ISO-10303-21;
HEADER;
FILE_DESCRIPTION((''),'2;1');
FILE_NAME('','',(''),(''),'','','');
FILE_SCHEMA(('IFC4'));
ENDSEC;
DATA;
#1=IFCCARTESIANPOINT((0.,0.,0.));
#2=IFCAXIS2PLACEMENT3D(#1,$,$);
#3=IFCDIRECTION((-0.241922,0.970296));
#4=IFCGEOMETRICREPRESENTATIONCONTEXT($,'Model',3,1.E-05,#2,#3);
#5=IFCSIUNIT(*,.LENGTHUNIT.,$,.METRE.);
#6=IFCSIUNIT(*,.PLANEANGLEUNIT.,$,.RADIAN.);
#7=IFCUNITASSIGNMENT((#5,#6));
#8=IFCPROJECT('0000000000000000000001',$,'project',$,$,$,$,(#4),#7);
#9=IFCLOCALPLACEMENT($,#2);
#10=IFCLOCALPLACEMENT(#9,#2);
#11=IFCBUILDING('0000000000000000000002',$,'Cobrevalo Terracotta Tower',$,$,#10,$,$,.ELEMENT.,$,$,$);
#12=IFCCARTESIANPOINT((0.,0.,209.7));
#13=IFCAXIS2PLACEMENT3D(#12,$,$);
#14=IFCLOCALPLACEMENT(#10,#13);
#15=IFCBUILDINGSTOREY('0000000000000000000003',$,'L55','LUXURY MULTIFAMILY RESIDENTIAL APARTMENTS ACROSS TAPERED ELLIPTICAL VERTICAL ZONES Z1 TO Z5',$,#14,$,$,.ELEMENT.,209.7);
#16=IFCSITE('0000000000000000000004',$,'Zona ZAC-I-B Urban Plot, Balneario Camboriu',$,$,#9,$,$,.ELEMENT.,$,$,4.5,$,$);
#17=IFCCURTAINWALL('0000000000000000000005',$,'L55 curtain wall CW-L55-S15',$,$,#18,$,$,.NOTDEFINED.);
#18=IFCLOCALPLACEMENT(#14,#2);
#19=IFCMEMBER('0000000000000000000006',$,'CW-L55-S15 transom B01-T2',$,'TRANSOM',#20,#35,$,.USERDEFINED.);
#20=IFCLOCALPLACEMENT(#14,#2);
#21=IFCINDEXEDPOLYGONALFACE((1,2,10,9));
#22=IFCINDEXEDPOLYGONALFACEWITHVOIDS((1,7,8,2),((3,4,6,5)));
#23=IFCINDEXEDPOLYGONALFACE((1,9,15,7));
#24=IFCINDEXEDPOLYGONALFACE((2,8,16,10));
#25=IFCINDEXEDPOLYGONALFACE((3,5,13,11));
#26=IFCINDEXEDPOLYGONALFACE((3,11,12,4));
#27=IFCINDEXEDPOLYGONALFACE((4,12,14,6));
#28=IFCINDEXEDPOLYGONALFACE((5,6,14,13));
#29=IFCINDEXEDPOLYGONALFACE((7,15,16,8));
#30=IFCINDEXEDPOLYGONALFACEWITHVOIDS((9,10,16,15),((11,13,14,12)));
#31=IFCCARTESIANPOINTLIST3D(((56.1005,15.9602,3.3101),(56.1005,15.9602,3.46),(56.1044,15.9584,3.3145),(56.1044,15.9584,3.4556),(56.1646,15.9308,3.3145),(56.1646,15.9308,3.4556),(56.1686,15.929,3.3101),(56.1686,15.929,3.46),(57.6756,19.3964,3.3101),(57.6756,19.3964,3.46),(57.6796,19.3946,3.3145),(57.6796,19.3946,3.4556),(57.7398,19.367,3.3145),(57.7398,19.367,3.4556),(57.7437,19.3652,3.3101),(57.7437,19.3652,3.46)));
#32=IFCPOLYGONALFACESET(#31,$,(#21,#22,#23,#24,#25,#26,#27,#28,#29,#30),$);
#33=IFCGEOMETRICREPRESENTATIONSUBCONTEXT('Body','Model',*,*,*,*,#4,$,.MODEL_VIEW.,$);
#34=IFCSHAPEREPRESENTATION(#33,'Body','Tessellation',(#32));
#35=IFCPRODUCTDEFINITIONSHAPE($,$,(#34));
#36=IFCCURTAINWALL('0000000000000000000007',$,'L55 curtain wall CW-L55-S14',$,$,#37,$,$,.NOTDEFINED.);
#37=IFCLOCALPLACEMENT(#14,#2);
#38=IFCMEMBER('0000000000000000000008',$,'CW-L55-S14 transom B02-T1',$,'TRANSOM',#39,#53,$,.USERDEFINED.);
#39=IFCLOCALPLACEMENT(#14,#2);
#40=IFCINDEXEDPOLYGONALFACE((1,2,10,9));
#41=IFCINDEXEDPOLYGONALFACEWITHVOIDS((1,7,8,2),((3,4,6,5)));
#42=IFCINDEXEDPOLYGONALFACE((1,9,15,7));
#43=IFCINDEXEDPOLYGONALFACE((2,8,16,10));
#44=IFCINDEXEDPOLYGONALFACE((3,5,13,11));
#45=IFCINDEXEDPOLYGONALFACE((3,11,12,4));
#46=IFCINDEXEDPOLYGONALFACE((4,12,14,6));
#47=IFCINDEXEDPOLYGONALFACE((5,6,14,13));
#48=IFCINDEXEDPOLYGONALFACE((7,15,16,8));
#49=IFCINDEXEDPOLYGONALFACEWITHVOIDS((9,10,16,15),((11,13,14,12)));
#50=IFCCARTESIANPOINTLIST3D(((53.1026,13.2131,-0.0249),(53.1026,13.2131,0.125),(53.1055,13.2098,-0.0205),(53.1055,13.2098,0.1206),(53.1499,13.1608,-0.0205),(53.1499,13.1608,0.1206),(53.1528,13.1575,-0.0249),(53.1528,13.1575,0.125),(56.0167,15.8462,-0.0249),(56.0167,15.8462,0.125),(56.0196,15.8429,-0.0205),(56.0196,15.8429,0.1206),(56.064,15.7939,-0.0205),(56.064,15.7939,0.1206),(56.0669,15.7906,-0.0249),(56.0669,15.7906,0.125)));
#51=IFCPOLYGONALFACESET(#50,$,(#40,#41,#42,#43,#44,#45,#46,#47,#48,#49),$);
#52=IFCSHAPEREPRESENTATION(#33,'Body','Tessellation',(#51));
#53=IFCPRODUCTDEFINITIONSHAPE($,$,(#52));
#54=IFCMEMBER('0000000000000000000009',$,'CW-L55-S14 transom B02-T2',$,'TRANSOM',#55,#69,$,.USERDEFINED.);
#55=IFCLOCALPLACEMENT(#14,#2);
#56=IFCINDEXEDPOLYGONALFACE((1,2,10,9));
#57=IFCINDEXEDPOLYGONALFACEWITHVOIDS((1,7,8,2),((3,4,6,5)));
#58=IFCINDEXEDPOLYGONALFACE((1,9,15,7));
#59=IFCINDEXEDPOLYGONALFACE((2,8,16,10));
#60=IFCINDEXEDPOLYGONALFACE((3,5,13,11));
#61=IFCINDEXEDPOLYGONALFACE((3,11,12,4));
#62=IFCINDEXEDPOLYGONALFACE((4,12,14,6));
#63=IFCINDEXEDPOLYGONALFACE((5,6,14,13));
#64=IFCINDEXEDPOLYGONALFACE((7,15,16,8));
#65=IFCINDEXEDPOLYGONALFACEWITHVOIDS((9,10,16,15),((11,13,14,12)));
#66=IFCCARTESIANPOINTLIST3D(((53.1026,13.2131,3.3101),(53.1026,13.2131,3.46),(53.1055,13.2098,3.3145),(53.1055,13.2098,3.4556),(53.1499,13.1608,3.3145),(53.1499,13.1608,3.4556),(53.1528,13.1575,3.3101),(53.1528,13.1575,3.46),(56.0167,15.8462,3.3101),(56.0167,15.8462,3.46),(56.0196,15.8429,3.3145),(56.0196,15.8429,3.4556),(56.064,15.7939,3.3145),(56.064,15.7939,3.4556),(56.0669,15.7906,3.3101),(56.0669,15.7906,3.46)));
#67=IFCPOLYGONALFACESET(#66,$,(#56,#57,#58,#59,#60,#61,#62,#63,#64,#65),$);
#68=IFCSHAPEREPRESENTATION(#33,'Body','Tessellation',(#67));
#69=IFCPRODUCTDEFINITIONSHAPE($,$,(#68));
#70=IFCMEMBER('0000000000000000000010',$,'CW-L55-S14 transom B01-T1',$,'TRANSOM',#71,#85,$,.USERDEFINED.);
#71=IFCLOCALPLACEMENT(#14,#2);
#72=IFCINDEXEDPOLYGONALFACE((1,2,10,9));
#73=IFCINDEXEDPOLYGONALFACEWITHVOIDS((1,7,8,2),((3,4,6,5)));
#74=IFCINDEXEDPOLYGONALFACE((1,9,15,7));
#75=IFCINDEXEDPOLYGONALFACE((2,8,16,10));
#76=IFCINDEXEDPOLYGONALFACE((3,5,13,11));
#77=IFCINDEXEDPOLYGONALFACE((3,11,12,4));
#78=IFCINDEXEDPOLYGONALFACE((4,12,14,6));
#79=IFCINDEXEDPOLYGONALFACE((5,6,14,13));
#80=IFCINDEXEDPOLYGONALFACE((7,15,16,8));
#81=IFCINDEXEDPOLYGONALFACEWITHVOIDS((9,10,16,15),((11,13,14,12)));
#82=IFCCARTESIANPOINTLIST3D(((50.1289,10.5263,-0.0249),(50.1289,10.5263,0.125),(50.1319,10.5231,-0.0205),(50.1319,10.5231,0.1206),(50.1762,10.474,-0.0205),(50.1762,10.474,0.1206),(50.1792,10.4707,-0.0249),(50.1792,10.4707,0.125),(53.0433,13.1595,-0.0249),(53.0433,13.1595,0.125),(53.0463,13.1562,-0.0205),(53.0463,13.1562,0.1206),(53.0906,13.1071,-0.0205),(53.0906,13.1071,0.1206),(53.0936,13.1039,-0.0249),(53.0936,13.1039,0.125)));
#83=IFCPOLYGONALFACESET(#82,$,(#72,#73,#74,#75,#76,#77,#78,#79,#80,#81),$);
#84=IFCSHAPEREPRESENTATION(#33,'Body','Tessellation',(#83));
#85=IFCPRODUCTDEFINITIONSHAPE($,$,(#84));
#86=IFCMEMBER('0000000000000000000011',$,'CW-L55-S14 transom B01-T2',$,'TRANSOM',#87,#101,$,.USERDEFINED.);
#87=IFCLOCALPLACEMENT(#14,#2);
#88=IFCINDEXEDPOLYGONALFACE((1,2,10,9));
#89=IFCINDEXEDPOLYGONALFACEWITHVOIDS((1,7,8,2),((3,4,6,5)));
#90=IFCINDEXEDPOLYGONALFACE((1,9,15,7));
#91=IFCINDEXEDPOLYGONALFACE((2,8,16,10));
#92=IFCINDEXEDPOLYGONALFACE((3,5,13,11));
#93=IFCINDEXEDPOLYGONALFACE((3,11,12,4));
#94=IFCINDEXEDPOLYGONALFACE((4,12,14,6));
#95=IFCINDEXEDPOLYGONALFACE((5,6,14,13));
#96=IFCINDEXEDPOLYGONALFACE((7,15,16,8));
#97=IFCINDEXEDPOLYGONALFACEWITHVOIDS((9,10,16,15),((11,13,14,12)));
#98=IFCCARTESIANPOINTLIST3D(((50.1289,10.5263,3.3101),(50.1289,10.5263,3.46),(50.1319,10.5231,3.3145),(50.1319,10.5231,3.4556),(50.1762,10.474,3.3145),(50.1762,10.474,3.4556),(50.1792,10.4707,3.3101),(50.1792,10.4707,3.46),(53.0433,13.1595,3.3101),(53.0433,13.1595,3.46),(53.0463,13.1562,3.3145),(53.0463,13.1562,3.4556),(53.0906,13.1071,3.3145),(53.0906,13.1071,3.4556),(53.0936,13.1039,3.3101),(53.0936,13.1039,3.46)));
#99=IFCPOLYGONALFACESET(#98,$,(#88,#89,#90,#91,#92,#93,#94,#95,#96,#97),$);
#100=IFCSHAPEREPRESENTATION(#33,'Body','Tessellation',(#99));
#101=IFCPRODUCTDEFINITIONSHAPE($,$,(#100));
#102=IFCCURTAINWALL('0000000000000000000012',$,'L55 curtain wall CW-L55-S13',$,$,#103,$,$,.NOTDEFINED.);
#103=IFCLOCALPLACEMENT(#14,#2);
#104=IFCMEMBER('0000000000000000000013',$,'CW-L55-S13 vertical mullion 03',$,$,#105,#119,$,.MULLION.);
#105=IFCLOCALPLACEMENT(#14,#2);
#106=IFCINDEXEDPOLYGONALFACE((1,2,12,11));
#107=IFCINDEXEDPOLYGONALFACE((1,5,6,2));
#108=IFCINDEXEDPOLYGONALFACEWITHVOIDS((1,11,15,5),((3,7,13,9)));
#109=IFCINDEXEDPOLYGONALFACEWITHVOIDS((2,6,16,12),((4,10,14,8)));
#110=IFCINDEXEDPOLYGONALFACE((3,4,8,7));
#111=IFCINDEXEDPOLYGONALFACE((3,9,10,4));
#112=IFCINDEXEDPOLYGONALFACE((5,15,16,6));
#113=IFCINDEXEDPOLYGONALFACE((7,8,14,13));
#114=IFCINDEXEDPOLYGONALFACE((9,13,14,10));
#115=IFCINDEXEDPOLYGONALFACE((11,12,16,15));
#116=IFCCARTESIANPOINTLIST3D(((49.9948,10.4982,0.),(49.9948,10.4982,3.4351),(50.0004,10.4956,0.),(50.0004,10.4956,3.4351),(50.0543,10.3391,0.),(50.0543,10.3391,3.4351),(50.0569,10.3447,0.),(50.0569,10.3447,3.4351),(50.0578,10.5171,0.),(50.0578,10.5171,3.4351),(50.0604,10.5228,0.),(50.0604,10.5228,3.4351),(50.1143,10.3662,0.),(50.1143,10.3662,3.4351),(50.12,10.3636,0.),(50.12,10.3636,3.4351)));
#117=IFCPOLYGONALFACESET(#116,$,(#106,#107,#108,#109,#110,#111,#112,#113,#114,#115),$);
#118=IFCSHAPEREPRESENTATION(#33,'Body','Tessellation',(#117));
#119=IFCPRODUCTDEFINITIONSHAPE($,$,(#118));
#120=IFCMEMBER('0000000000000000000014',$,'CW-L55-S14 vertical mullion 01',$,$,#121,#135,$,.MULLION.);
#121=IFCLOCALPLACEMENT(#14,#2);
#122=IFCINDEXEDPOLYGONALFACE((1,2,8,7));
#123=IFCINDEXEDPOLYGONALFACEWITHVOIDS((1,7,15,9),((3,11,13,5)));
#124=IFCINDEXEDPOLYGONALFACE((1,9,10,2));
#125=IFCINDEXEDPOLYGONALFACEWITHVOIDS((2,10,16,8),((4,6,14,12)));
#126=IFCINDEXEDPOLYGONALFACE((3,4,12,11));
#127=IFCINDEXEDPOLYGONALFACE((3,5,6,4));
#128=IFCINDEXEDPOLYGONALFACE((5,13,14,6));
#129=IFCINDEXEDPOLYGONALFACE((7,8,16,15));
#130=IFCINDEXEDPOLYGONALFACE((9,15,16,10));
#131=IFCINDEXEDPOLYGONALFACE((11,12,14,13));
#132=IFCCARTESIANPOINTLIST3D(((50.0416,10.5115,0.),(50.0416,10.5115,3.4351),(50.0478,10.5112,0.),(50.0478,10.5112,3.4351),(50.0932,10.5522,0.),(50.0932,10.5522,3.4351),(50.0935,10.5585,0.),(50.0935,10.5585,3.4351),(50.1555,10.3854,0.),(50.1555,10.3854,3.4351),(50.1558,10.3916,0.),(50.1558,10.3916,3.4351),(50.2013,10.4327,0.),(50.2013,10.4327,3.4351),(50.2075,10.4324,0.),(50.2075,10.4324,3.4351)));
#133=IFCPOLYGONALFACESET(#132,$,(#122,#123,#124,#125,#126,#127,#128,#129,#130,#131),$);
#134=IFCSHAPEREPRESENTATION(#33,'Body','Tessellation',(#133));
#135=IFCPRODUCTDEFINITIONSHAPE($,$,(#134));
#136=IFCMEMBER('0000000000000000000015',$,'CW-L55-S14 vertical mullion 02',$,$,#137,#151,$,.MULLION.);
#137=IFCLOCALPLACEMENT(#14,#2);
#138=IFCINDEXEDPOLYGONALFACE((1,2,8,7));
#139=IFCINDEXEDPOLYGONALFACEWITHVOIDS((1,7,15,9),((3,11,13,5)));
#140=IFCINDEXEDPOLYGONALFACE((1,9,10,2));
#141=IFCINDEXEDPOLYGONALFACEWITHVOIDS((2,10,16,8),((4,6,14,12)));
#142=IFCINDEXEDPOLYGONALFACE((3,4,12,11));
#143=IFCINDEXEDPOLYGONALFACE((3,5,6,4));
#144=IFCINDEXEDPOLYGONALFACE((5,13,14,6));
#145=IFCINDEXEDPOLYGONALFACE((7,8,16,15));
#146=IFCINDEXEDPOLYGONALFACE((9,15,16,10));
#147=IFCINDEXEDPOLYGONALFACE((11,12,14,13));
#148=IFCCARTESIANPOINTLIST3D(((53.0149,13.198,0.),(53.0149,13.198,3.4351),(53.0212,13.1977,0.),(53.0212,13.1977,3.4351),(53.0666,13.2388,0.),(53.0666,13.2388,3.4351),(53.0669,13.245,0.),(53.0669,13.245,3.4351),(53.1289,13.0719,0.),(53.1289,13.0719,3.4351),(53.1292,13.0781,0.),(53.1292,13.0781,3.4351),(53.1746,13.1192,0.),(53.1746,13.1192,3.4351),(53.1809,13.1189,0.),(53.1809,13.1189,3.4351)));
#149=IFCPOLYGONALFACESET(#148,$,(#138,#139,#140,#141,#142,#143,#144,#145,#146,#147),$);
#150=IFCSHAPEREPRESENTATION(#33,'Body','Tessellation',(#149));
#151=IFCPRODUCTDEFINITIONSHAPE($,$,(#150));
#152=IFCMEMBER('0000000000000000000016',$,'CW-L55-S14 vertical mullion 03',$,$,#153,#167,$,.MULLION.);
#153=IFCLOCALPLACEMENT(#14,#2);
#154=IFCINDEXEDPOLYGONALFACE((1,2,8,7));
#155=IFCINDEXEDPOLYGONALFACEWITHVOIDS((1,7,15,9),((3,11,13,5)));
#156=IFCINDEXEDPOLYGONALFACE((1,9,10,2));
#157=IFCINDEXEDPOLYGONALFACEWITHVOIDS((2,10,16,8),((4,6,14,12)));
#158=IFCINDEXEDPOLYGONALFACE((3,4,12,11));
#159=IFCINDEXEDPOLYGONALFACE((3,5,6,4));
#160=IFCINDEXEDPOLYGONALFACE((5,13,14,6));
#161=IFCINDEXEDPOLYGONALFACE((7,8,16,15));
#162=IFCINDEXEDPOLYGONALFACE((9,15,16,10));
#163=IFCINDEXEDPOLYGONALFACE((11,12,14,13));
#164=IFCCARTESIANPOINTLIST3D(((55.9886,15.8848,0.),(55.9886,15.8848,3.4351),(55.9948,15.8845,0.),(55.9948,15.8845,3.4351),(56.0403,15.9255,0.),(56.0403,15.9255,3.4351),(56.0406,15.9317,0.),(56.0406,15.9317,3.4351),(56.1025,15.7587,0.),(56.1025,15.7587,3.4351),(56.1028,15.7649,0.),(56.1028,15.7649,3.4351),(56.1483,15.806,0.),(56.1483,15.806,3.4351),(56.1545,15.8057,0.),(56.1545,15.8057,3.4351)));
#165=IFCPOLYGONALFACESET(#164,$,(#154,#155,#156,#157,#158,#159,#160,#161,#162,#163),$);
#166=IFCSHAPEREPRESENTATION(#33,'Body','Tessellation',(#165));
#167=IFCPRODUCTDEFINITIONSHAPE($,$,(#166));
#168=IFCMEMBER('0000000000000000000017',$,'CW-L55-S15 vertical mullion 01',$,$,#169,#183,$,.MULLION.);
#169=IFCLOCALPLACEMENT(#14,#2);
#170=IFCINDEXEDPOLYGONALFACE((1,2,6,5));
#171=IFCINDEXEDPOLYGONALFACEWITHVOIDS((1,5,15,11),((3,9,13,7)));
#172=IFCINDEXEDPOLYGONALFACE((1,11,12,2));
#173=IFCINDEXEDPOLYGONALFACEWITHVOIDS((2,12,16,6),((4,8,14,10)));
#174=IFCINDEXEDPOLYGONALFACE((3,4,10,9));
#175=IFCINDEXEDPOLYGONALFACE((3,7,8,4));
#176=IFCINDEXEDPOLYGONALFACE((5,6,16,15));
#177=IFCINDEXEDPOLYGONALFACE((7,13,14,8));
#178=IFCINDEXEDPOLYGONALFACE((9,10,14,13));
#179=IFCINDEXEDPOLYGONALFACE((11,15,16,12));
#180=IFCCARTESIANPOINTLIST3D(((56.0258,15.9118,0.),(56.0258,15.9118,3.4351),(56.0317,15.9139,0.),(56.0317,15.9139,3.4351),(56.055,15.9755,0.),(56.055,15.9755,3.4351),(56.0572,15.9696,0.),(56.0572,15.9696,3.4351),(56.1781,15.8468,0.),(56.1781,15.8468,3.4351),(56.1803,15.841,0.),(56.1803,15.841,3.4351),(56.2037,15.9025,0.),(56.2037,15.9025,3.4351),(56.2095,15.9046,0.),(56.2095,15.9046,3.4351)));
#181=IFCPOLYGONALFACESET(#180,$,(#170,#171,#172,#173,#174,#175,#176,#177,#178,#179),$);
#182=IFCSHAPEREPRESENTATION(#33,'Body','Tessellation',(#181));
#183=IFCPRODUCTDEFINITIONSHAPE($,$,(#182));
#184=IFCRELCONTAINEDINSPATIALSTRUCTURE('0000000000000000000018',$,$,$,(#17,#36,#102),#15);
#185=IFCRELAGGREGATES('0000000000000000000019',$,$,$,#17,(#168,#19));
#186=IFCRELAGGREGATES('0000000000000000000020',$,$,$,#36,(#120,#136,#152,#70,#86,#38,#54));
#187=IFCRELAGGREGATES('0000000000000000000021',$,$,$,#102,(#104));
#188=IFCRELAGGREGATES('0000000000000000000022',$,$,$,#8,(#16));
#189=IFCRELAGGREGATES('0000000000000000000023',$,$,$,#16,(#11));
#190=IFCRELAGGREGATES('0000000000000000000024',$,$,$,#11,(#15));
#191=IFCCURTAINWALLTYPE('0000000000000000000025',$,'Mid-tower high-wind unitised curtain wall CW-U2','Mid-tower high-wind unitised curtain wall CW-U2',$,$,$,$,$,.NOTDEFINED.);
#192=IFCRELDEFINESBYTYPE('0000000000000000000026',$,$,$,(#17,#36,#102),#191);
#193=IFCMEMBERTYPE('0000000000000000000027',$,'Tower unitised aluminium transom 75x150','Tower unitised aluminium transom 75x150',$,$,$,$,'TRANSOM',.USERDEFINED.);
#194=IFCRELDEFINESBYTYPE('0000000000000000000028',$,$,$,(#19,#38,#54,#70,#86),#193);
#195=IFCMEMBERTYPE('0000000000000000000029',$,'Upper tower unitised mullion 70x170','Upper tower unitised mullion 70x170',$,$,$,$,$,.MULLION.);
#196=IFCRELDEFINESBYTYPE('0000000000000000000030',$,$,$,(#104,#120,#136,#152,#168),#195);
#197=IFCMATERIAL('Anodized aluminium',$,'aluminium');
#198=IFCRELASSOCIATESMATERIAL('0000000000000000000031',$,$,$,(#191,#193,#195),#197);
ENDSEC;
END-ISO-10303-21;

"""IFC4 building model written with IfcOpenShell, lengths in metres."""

from ifc_helpers import new_model, si_unit, direction, frame, origin, origin_2d, place, context, subcontext, project, spatial, hollow_rectangle, extrude, source, transform, mapped, material, material_profile, profile_set, type_object, element, aggregate, save


model = new_model("IFC4")

# Units and contexts
model_context = context("Model", 3, precision=1e-05, world=origin(), true_north=direction((-0.241922, 0.970296)))
body_context = subcontext(model_context, "Body", "Model", "MODEL_VIEW")
ifc_project = project(units=[si_unit("LENGTHUNIT", "METRE"), si_unit("PLANEANGLEUNIT", "RADIAN")], contexts=[model_context])

# Site, building, storey
site_placement = place(None, origin())
site = spatial("IfcSite", under=ifc_project, at=site_placement, Name="Zona ZAC-I-B Urban Plot, Balneario Camboriu", CompositionType="ELEMENT", RefElevation=4.5)
building_placement = place(site_placement, origin())
building = spatial("IfcBuilding", under=site, at=building_placement, Name="Cobrevalo Terracotta Tower", CompositionType="ELEMENT")
storey_placement = place(building_placement, frame((0.0, 0.0, 209.7)))
storey = spatial("IfcBuildingStorey", under=building, at=storey_placement, Name="L55", Description="LUXURY MULTIFAMILY RESIDENTIAL APARTMENTS ACROSS TAPERED ELLIPTICAL VERTICAL ZONES Z1 TO Z5", CompositionType="ELEMENT", Elevation=209.7)

# Curtain walls, members
ifc_material_1 = material(Name="Anodized aluminium", Category="aluminium")
curtain_wall_type = type_object("IfcCurtainWallType", Name="Mid-tower high-wind unitised curtain wall CW-U2", Description="Mid-tower high-wind unitised curtain wall CW-U2", PredefinedType="NOTDEFINED", material=ifc_material_1)
curtain_wall_1_placement = place(storey_placement, origin())
curtain_wall_1 = element("IfcCurtainWall", 1, at=curtain_wall_1_placement, inside=storey, type_object=curtain_wall_type, Name="L55 curtain wall CW-L55-S15", PredefinedType="NOTDEFINED")
ifc_material_profile_1 = material_profile(ifc_material_1, hollow_rectangle(XDim=0.075, YDim=0.1499, WallThickness=0.0044, at=origin_2d()), Name="CWT 75x150")
ifc_profile_set_1 = profile_set([ifc_material_profile_1], Name="Anodized aluminium")
member_type_1 = type_object("IfcMemberType", Name="Tower unitised aluminium transom 75x150", Description="Tower unitised aluminium transom 75x150", ElementType="TRANSOM", PredefinedType="USERDEFINED", material=ifc_profile_set_1)
shared_shape_1 = source(origin(), body_context, "Body", "SweptSolid", [
    extrude(hollow_rectangle(XDim=0.075, YDim=0.1499, WallThickness=0.0044, at=origin_2d()), origin(), (0.0, 0.0, 1.0), 3.78),
])
member_1_placement = place(storey_placement, frame((56.1345, 15.9446, 3.385), z_axis=(0.416706, 0.909041, 0.0), x_axis=(-0.909041, 0.416706, 0.0)))
member_1 = element("IfcMember", 2, at=member_1_placement, type_object=member_type_1, Name="CW-L55-S15 transom B01-T2", ObjectType="TRANSOM", PredefinedType="USERDEFINED", context=body_context, shape_type="MappedRepresentation", body=[
    mapped(shared_shape_1, transform((0.0, 0.0, 0.0), scale=1.0)),
])
curtain_wall_2_placement = place(storey_placement, origin())
curtain_wall_2 = element("IfcCurtainWall", 3, at=curtain_wall_2_placement, inside=storey, type_object=curtain_wall_type, Name="L55 curtain wall CW-L55-S14", PredefinedType="NOTDEFINED")
shared_shape_2 = source(origin(), body_context, "Body", "SweptSolid", [
    extrude(hollow_rectangle(XDim=0.075, YDim=0.1499, WallThickness=0.0044, at=origin_2d()), origin(), (0.0, 0.0, 1.0), 3.9275),
])
member_2_placement = place(storey_placement, frame((53.1277, 13.1853, 0.05), z_axis=(0.741976, 0.670426, 0.0), x_axis=(-0.670426, 0.741976, 0.0)))
member_2 = element("IfcMember", 4, at=member_2_placement, type_object=member_type_1, Name="CW-L55-S14 transom B02-T1", ObjectType="TRANSOM", PredefinedType="USERDEFINED", context=body_context, shape_type="MappedRepresentation", body=[
    mapped(shared_shape_2, transform((0.0, 0.0, 0.0), scale=1.0)),
])
member_3_placement = place(storey_placement, frame((53.1277, 13.1853, 3.385), z_axis=(0.741976, 0.670426, 0.0), x_axis=(-0.670426, 0.741976, 0.0)))
member_3 = element("IfcMember", 5, at=member_3_placement, type_object=member_type_1, Name="CW-L55-S14 transom B02-T2", ObjectType="TRANSOM", PredefinedType="USERDEFINED", context=body_context, shape_type="MappedRepresentation", body=[
    mapped(shared_shape_2, transform((0.0, 0.0, 0.0), scale=1.0)),
])
shared_shape_3 = source(origin(), body_context, "Body", "SweptSolid", [
    extrude(hollow_rectangle(XDim=0.075, YDim=0.1499, WallThickness=0.0044, at=origin_2d()), origin(), (0.0, 0.0, 1.0), 3.9277),
])
member_4_placement = place(storey_placement, frame((50.1541, 10.4985, 0.05), z_axis=(0.742004, 0.670396, 0.0), x_axis=(-0.670396, 0.742004, 0.0)))
member_4 = element("IfcMember", 6, at=member_4_placement, type_object=member_type_1, Name="CW-L55-S14 transom B01-T1", ObjectType="TRANSOM", PredefinedType="USERDEFINED", context=body_context, shape_type="MappedRepresentation", body=[
    mapped(shared_shape_3, transform((0.0, 0.0, 0.0), scale=1.0)),
])
member_5_placement = place(storey_placement, frame((50.1541, 10.4985, 3.385), z_axis=(0.742004, 0.670396, 0.0), x_axis=(-0.670396, 0.742004, 0.0)))
member_5 = element("IfcMember", 7, at=member_5_placement, type_object=member_type_1, Name="CW-L55-S14 transom B01-T2", ObjectType="TRANSOM", PredefinedType="USERDEFINED", context=body_context, shape_type="MappedRepresentation", body=[
    mapped(shared_shape_3, transform((0.0, 0.0, 0.0), scale=1.0)),
])

# Curtain wall, member
curtain_wall_3_placement = place(storey_placement, origin())
curtain_wall_3 = element("IfcCurtainWall", 8, at=curtain_wall_3_placement, inside=storey, type_object=curtain_wall_type, Name="L55 curtain wall CW-L55-S13", PredefinedType="NOTDEFINED")
ifc_material_profile_2 = material_profile(ifc_material_1, hollow_rectangle(XDim=0.0701, YDim=0.1699, WallThickness=0.0044, at=origin_2d()), Name="CWM 70x170")
ifc_profile_set_2 = profile_set([ifc_material_profile_2], Name="Anodized aluminium")
member_type_2 = type_object("IfcMemberType", Name="Upper tower unitised mullion 70x170", Description="Upper tower unitised mullion 70x170", PredefinedType="MULLION", material=ifc_profile_set_2)
shared_shape_4 = source(origin(), body_context, "Body", "SweptSolid", [
    extrude(hollow_rectangle(XDim=0.0701, YDim=0.1699, WallThickness=0.0044, at=origin_2d()), origin(), (0.0, 0.0, 1.0), 3.4351),
])
member_6_placement = place(storey_placement, frame((50.0574, 10.4309, 0.0), z_axis=(0.0, 0.0, 1.0), x_axis=(0.936556, 0.350518, 0.0)))
member_6 = element("IfcMember", 9, at=member_6_placement, type_object=member_type_2, Name="CW-L55-S13 vertical mullion 03", PredefinedType="MULLION", context=body_context, shape_type="MappedRepresentation", body=[
    mapped(shared_shape_4, transform((0.0, 0.0, 0.0), scale=1.0)),
])

# Members
member_7_placement = place(storey_placement, frame((50.1245, 10.4719, 0.0), z_axis=(0.0, 0.0, 1.0), x_axis=(0.741988, 0.670414, 0.0)))
member_7 = element("IfcMember", 10, at=member_7_placement, type_object=member_type_2, Name="CW-L55-S14 vertical mullion 01", PredefinedType="MULLION", context=body_context, shape_type="MappedRepresentation", body=[
    mapped(shared_shape_4, transform((0.0, 0.0, 0.0), scale=1.0)),
])
member_8_placement = place(storey_placement, frame((53.0979, 13.1584, 0.0), z_axis=(0.0, 0.0, 1.0), x_axis=(0.741988, 0.670414, 0.0)))
member_8 = element("IfcMember", 11, at=member_8_placement, type_object=member_type_2, Name="CW-L55-S14 vertical mullion 02", PredefinedType="MULLION", context=body_context, shape_type="MappedRepresentation", body=[
    mapped(shared_shape_4, transform((0.0, 0.0, 0.0), scale=1.0)),
])
member_9_placement = place(storey_placement, frame((56.0715, 15.8452, 0.0), z_axis=(0.0, 0.0, 1.0), x_axis=(0.741988, 0.670414, 0.0)))
member_9 = element("IfcMember", 12, at=member_9_placement, type_object=member_type_2, Name="CW-L55-S14 vertical mullion 03", PredefinedType="MULLION", context=body_context, shape_type="MappedRepresentation", body=[
    mapped(shared_shape_4, transform((0.0, 0.0, 0.0), scale=1.0)),
])
member_10_placement = place(storey_placement, frame((56.1177, 15.9082, 0.0), z_axis=(0.0, 0.0, 1.0), x_axis=(0.416725, 0.909033, 0.0)))
member_10 = element("IfcMember", 13, at=member_10_placement, type_object=member_type_2, Name="CW-L55-S15 vertical mullion 01", PredefinedType="MULLION", context=body_context, shape_type="MappedRepresentation", body=[
    mapped(shared_shape_4, transform((0.0, 0.0, 0.0), scale=1.0)),
])
aggregate(curtain_wall_1, [member_10, member_1])

aggregate(curtain_wall_2, [member_7, member_8, member_9, member_4, member_5, member_2, member_3])
aggregate(curtain_wall_3, [member_6])

save(model, "model.ifc")
